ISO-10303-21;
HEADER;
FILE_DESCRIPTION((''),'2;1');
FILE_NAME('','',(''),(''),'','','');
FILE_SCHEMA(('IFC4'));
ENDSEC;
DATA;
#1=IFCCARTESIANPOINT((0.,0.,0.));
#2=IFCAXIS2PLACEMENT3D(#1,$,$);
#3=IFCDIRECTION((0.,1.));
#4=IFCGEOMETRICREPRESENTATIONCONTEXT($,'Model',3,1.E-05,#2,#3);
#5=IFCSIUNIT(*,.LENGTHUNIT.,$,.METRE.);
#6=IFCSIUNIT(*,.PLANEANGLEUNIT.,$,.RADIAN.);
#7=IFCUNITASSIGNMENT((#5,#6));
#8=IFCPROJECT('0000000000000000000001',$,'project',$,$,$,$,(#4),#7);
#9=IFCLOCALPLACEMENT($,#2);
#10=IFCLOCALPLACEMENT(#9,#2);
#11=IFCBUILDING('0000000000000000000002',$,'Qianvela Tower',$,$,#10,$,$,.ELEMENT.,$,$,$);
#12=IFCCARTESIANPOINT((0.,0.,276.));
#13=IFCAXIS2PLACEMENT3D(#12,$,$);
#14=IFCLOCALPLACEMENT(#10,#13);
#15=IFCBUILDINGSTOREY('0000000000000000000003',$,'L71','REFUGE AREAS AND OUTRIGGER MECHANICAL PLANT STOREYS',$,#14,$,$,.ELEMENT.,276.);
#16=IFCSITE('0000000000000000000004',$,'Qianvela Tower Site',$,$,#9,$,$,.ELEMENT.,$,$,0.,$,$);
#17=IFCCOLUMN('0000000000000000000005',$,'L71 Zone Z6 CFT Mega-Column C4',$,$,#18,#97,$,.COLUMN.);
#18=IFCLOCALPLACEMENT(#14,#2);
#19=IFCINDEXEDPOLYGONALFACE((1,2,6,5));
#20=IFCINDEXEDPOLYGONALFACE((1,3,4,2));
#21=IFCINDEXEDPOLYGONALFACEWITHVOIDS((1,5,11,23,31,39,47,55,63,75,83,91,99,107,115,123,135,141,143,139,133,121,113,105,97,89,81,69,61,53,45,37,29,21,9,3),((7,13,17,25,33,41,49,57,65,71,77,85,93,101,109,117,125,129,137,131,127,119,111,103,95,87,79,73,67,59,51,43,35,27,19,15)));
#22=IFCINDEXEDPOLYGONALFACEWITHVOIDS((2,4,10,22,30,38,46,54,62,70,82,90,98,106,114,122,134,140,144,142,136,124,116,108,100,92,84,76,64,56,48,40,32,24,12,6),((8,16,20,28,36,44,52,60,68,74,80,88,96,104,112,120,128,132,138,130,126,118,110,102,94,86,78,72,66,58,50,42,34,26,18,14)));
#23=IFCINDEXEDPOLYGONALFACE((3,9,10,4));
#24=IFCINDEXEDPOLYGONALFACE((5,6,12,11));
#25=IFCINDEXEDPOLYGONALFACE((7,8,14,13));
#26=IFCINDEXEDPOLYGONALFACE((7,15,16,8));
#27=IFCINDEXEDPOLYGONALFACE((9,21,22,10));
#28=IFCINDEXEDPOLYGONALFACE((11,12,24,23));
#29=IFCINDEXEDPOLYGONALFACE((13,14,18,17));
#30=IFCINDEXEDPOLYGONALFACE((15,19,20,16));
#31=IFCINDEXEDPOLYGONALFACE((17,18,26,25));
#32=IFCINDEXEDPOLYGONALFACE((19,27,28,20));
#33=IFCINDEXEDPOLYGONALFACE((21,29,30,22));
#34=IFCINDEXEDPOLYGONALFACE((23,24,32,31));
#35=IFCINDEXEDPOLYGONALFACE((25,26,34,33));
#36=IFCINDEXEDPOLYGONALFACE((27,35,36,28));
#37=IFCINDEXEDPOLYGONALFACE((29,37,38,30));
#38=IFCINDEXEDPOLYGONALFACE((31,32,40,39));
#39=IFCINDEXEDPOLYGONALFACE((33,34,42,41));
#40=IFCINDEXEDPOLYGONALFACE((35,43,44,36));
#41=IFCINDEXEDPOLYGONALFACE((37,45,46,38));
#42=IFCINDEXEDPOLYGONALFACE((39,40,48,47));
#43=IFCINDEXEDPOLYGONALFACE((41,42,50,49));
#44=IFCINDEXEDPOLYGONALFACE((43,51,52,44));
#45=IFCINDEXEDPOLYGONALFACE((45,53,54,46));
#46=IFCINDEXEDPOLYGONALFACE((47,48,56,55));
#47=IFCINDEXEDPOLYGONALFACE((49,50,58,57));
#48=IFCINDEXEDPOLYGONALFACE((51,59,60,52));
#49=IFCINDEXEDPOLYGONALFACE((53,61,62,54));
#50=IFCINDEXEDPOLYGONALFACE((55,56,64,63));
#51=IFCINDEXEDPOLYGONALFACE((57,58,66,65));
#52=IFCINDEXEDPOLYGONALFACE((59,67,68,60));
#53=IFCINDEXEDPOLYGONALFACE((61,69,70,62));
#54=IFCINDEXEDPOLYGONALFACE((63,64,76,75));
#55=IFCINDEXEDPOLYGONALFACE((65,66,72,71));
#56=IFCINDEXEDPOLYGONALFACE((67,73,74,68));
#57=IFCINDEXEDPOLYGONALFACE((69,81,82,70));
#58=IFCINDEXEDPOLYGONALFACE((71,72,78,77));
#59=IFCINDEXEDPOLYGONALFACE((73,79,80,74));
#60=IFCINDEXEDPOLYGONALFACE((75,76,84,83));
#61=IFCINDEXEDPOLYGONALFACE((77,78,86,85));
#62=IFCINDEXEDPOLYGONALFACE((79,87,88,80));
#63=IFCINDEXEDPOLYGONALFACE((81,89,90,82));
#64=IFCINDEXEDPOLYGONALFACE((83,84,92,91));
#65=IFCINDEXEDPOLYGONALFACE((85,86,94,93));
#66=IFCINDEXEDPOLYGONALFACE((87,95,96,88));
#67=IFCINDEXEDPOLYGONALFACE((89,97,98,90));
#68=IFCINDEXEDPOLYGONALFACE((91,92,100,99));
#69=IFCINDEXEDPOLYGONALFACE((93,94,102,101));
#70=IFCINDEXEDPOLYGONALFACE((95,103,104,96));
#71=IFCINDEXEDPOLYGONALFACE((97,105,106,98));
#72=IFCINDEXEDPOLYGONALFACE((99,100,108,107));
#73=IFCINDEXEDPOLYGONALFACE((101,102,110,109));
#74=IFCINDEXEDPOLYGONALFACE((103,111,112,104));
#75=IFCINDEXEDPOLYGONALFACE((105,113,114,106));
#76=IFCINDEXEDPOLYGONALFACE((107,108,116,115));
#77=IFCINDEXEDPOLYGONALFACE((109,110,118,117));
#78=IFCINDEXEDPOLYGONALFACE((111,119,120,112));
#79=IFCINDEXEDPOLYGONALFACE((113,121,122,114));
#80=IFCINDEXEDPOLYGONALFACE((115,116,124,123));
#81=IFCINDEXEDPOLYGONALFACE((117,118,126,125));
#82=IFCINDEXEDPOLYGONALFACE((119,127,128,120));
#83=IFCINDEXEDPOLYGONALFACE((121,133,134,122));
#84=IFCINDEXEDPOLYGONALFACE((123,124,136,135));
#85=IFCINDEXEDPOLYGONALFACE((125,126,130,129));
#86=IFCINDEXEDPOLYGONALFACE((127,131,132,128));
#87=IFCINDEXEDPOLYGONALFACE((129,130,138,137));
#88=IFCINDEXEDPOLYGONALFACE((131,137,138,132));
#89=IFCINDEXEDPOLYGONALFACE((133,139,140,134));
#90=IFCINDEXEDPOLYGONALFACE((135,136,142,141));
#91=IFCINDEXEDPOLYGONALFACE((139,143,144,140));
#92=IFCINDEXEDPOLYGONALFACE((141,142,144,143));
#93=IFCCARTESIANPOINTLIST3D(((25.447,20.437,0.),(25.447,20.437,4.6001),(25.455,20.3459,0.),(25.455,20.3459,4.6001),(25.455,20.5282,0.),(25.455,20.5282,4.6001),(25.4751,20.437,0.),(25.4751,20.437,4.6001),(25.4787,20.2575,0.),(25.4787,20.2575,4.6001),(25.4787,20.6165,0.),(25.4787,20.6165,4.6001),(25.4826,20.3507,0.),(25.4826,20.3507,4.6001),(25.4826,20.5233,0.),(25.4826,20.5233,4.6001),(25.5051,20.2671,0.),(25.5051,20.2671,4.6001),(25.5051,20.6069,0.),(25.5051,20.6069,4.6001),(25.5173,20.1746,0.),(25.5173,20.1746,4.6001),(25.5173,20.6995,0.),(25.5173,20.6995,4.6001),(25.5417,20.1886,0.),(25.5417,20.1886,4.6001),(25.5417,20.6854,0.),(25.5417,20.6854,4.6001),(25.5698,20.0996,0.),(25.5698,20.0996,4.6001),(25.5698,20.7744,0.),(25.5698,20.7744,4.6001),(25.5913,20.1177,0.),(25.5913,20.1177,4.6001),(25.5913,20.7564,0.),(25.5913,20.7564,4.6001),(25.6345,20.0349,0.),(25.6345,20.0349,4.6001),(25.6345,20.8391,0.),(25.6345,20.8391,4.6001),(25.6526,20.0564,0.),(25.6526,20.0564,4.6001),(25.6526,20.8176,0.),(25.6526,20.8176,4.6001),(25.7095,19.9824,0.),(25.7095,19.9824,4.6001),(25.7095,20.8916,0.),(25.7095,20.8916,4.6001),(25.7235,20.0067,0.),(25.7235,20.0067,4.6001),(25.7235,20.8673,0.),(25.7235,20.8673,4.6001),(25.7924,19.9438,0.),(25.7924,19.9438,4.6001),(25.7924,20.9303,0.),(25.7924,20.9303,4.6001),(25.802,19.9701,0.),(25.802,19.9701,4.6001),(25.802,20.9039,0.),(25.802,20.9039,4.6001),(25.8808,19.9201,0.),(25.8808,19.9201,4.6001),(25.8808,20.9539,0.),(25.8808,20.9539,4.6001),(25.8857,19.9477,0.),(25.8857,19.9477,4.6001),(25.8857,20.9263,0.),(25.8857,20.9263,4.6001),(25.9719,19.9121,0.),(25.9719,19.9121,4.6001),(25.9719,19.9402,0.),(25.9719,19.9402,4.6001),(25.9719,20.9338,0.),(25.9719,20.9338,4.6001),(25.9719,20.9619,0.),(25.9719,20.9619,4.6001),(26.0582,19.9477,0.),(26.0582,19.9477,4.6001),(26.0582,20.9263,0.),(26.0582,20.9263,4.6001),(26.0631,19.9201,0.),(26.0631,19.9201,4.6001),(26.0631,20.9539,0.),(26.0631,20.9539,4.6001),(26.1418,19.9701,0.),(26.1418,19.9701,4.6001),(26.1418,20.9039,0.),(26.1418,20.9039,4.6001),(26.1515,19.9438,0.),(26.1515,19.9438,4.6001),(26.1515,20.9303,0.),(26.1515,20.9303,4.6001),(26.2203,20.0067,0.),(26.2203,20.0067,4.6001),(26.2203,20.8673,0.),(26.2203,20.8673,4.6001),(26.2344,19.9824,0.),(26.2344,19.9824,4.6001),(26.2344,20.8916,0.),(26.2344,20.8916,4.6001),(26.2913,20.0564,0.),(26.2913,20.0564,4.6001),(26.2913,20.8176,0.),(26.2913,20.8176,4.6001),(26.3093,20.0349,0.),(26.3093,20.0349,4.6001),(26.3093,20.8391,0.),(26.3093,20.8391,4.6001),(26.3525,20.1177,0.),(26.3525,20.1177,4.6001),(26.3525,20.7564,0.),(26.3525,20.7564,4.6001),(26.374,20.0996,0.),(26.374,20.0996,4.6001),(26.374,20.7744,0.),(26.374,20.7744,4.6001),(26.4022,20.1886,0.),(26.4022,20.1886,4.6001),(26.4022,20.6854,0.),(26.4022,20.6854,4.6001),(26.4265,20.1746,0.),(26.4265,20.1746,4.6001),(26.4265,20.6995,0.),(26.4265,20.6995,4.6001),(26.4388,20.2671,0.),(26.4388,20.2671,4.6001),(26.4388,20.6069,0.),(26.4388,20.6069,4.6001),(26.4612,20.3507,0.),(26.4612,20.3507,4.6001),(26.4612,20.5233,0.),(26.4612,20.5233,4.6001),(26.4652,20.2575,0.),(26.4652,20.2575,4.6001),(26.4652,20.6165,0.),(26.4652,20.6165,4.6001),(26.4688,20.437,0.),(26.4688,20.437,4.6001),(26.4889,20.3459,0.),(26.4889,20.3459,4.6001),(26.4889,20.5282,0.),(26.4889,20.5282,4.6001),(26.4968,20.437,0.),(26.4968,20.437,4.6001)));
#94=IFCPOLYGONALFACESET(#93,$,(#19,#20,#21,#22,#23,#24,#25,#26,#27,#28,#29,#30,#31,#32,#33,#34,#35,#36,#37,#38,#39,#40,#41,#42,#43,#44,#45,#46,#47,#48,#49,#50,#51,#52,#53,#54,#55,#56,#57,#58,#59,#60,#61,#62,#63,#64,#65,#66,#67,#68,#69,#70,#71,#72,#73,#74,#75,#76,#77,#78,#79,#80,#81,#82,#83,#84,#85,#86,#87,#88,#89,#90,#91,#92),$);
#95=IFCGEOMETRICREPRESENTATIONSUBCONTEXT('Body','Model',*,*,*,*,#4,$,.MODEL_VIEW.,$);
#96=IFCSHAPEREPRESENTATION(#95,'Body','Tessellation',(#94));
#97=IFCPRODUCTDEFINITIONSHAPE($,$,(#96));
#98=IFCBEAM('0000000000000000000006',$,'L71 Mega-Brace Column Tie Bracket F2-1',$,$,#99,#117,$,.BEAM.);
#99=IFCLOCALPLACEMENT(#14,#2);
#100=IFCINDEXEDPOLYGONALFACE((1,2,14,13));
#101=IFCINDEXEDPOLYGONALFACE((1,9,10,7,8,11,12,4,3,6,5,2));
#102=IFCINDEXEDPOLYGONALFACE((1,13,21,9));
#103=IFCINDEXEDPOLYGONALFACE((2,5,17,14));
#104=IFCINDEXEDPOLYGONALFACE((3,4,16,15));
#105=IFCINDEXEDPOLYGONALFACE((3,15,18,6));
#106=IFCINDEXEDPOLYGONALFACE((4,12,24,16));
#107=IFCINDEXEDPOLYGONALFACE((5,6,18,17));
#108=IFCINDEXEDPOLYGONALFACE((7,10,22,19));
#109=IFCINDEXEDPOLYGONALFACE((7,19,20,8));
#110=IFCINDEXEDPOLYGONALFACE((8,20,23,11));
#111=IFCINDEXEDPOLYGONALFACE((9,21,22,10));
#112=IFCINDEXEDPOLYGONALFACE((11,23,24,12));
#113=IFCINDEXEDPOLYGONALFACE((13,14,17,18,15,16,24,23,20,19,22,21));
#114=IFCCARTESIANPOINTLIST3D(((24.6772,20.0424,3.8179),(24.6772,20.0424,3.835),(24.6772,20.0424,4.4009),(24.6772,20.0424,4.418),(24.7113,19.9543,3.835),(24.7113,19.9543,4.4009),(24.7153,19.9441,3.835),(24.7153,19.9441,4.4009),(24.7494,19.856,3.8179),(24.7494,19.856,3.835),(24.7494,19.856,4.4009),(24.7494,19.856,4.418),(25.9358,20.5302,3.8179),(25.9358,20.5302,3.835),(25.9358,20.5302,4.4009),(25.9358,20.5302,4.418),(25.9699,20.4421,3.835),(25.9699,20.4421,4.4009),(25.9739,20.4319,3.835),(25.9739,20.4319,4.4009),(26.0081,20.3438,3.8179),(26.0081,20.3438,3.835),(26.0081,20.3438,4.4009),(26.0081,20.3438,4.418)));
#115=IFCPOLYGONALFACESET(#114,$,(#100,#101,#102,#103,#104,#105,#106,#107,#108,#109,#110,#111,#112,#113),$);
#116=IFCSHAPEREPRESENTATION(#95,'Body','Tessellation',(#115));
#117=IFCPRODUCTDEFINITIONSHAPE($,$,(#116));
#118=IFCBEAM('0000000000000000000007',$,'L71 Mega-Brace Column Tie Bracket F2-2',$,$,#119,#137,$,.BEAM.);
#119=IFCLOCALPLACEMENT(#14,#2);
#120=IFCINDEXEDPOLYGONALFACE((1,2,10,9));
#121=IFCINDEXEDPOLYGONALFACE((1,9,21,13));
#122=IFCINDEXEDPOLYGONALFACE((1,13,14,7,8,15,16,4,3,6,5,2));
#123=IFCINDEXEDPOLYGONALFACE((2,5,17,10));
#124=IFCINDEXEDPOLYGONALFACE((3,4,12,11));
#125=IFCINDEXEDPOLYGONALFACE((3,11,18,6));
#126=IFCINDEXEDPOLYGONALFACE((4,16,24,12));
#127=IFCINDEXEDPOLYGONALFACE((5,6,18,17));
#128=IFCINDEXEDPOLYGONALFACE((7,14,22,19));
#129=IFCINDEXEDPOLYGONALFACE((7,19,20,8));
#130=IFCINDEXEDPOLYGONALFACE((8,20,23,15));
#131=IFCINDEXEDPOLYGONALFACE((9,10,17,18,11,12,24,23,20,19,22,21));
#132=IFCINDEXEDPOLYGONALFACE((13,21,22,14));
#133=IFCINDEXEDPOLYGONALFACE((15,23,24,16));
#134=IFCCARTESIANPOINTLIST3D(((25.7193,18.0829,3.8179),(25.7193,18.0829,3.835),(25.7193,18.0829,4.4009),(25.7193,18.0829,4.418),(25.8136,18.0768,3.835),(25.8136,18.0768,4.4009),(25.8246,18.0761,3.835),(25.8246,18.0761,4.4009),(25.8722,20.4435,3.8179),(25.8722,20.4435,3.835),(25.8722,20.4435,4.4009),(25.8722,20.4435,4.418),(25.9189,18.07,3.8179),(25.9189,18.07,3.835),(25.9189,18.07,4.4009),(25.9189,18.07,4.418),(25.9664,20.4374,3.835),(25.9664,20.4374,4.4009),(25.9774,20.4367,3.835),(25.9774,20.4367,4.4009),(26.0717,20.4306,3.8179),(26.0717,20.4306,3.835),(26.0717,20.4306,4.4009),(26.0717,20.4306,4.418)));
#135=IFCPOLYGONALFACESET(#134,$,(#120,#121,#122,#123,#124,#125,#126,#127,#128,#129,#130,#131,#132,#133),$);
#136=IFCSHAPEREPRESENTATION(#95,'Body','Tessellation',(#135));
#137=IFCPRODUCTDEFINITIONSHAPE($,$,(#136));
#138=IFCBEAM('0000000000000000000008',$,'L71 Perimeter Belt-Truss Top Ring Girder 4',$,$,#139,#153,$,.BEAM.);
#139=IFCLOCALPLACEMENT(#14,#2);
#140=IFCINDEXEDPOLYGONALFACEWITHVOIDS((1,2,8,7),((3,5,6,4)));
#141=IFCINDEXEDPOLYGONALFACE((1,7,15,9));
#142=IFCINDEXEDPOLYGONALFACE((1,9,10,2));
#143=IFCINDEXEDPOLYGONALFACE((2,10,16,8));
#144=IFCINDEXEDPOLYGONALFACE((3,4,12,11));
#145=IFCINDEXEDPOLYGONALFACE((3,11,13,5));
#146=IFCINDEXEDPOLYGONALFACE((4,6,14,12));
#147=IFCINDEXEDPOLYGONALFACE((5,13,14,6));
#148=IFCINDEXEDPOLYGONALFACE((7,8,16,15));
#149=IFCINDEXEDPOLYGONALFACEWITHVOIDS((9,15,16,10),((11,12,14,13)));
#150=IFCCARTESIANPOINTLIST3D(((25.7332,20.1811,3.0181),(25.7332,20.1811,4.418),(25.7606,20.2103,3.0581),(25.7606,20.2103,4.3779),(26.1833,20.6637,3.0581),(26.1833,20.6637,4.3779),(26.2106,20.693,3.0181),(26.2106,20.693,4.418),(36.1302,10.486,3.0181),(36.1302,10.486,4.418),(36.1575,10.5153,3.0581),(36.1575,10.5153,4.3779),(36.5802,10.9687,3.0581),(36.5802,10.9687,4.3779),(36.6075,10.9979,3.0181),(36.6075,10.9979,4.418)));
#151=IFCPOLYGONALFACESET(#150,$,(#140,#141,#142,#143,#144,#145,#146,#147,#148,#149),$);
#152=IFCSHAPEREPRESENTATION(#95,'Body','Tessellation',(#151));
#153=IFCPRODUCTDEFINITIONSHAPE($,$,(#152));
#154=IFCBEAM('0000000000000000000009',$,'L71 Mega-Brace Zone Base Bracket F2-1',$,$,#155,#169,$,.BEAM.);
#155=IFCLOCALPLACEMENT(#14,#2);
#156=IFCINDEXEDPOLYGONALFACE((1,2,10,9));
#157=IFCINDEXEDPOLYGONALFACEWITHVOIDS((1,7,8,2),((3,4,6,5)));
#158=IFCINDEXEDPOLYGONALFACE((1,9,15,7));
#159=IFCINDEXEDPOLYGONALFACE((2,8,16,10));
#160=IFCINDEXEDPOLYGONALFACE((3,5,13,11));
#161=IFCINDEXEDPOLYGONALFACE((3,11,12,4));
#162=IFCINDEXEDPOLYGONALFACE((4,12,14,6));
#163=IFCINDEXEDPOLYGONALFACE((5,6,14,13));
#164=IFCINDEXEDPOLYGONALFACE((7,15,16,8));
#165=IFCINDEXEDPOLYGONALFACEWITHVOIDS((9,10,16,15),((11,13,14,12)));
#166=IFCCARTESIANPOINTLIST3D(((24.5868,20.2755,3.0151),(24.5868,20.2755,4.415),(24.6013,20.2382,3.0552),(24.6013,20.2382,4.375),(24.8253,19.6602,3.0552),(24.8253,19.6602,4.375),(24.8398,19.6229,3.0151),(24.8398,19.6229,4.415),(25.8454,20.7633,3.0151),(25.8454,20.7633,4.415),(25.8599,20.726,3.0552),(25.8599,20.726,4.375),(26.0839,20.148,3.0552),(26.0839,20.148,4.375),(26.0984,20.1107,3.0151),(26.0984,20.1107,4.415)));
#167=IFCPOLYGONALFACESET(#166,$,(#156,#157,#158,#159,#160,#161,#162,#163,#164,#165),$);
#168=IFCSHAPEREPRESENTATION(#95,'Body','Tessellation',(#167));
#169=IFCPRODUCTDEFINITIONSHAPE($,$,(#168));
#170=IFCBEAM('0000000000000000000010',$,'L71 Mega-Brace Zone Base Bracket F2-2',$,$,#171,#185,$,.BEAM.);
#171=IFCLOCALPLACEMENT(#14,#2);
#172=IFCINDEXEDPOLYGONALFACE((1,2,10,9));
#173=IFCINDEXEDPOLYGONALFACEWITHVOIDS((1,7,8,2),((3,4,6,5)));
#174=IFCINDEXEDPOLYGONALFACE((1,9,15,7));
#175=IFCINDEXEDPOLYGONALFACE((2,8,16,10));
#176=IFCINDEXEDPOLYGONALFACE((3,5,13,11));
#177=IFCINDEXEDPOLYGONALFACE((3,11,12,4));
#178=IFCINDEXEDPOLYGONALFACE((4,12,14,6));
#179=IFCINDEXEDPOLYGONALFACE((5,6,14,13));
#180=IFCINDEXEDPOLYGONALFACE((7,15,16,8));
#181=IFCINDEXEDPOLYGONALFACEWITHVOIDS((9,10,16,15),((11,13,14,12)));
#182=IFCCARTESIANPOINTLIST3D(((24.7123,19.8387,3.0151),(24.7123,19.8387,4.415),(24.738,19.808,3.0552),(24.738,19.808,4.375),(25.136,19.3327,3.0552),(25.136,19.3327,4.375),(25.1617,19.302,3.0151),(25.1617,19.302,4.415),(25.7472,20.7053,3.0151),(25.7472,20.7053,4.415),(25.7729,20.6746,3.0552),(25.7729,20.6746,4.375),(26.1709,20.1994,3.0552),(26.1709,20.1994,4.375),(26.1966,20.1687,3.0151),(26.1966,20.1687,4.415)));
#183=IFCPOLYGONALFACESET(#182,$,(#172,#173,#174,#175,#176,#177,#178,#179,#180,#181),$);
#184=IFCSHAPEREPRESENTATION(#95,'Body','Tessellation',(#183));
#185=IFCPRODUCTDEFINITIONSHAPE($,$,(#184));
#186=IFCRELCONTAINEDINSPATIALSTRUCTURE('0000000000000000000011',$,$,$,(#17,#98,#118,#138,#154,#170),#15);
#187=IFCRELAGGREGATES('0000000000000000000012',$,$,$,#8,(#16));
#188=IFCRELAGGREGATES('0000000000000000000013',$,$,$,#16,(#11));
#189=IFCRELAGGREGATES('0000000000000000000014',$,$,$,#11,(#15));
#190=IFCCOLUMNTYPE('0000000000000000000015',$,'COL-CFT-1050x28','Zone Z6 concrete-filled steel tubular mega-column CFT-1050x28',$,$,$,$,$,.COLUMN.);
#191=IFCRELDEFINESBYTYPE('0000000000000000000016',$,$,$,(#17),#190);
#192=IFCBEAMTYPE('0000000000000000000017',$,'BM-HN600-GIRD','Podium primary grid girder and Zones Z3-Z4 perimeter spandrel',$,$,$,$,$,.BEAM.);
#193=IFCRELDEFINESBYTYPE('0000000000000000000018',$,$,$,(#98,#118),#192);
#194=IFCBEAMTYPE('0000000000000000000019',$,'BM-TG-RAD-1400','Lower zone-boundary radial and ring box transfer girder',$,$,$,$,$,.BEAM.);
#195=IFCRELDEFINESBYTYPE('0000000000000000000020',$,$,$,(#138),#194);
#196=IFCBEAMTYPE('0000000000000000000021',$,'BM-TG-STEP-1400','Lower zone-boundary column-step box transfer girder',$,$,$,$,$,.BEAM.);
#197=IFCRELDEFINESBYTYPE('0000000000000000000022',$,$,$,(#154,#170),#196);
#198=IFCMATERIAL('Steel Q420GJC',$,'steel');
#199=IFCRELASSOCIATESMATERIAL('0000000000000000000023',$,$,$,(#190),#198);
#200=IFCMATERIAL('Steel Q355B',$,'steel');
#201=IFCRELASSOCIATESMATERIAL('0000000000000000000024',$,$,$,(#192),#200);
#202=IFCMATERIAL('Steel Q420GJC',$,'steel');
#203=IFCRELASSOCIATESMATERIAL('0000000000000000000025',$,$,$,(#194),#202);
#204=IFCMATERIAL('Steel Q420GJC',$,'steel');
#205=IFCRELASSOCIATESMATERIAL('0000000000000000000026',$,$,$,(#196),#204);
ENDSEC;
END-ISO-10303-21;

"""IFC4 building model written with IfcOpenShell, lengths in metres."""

from ifc_helpers import new_model, si_unit, direction, frame, origin, origin_2d, place, context, subcontext, project, spatial, hollow_rectangle, hollow_circle, i_section, extrude, material, material_profile, profile_set, type_object, element, save


model = new_model("IFC4")

# Units and contexts
model_context = context("Model", 3, precision=1e-05, world=origin(), true_north=direction((0.0, 1.0)))
body_context = subcontext(model_context, "Body", "Model", "MODEL_VIEW")
ifc_project = project(units=[si_unit("LENGTHUNIT", "METRE"), si_unit("PLANEANGLEUNIT", "RADIAN")], contexts=[model_context])

# Site, building, storey
site_placement = place(None, origin())
site = spatial("IfcSite", under=ifc_project, at=site_placement, Name="Qianvela Tower Site", CompositionType="ELEMENT", RefElevation=0.0)
building_placement = place(site_placement, origin())
building = spatial("IfcBuilding", under=site, at=building_placement, Name="Qianvela Tower", CompositionType="ELEMENT")
storey_placement = place(building_placement, frame((0.0, 0.0, 276.0)))
storey = spatial("IfcBuildingStorey", under=building, at=storey_placement, Name="L71", Description="REFUGE AREAS AND OUTRIGGER MECHANICAL PLANT STOREYS", CompositionType="ELEMENT", Elevation=276.0)

# Column
ifc_material_1 = material(Name="Steel Q420GJC", Category="steel")
ifc_material_profile_1 = material_profile(ifc_material_1, hollow_circle(Radius=0.5249, WallThickness=0.0281, at=origin_2d()), Name="CFT-1050x28")
ifc_profile_set_1 = profile_set([ifc_material_profile_1], Name="Steel Q420GJC")
column_type = type_object("IfcColumnType", Name="COL-CFT-1050x28", Description="Zone Z6 concrete-filled steel tubular mega-column CFT-1050x28", PredefinedType="COLUMN", material=ifc_profile_set_1)
column_placement = place(storey_placement, frame((25.9719, 20.437, 0.0), z_axis=(0.0, 0.0, 1.0), x_axis=(1.0, 0.0, 0.0)))
element("IfcColumn", 1, at=column_placement, inside=storey, type_object=column_type, Name="L71 Zone Z6 CFT Mega-Column C4", PredefinedType="COLUMN", context=body_context, shape_type="SweptSolid", body=[
    extrude(hollow_circle(Radius=0.5249, WallThickness=0.0281, at=origin_2d()), origin(), (0.0, 0.0, 1.0), 4.6001),
])

# Beams
ifc_material_2 = material(Name="Steel Q355B", Category="steel")
ifc_material_profile_2 = material_profile(ifc_material_2, i_section(OverallWidth=0.2, OverallDepth=0.6001, WebThickness=0.011, FlangeThickness=0.0171, at=origin_2d()), Name="HN600x200x11x17")
ifc_profile_set_2 = profile_set([ifc_material_profile_2], Name="Steel Q355B")
beam_type_1 = type_object("IfcBeamType", Name="BM-HN600-GIRD", Description="Podium primary grid girder and Zones Z3-Z4 perimeter spandrel", PredefinedType="BEAM", material=ifc_profile_set_2)
beam_1_placement = place(storey_placement, frame((25.9719, 20.437, 4.1179), z_axis=(-0.932415, -0.36139, 0.0), x_axis=(0.36139, -0.932415, 0.0)))
element("IfcBeam", 2, at=beam_1_placement, inside=storey, type_object=beam_type_1, Name="L71 Mega-Brace Column Tie Bracket F2-1", PredefinedType="BEAM", context=body_context, shape_type="SweptSolid", body=[
    extrude(i_section(OverallWidth=0.2, OverallDepth=0.6001, WebThickness=0.011, FlangeThickness=0.0171, at=origin_2d()), origin(), (0.0, 0.0, 1.0), 1.3499),
])
beam_2_placement = place(storey_placement, frame((25.9719, 20.437, 4.1179), z_axis=(-0.064608, -0.997911, 0.0), x_axis=(0.997911, -0.064608, 0.0)))
element("IfcBeam", 3, at=beam_2_placement, inside=storey, type_object=beam_type_1, Name="L71 Mega-Brace Column Tie Bracket F2-2", PredefinedType="BEAM", context=body_context, shape_type="SweptSolid", body=[
    extrude(i_section(OverallWidth=0.2, OverallDepth=0.6001, WebThickness=0.011, FlangeThickness=0.0171, at=origin_2d()), origin(), (0.0, 0.0, 1.0), 2.3655),
])
ifc_material_3 = material(Name="Steel Q420GJC", Category="steel")
ifc_material_profile_3 = material_profile(ifc_material_3, hollow_rectangle(XDim=0.7, YDim=1.3999, WallThickness=0.04, at=origin_2d()), Name="TG-BOX-1400x700x40")
ifc_profile_set_3 = profile_set([ifc_material_profile_3], Name="Steel Q420GJC")
beam_type_2 = type_object("IfcBeamType", Name="BM-TG-RAD-1400", Description="Lower zone-boundary radial and ring box transfer girder", PredefinedType="BEAM", material=ifc_profile_set_3)
beam_3_placement = place(storey_placement, frame((25.9719, 20.437, 3.718), z_axis=(0.731363, -0.681988, 0.0), x_axis=(0.681988, 0.731363, 0.0)))
element("IfcBeam", 4, at=beam_3_placement, inside=storey, type_object=beam_type_2, Name="L71 Perimeter Belt-Truss Top Ring Girder 4", PredefinedType="BEAM", context=body_context, shape_type="SweptSolid", body=[
    extrude(hollow_rectangle(XDim=0.7, YDim=1.3999, WallThickness=0.04, at=origin_2d()), origin(), (0.0, 0.0, 1.0), 14.2158),
])
ifc_material_4 = material(Name="Steel Q420GJC", Category="steel")
ifc_material_profile_4 = material_profile(ifc_material_4, hollow_rectangle(XDim=0.7, YDim=1.3999, WallThickness=0.04, at=origin_2d()), Name="TG-BOX-1400x700x40")
ifc_profile_set_4 = profile_set([ifc_material_profile_4], Name="Steel Q420GJC")
beam_type_3 = type_object("IfcBeamType", Name="BM-TG-STEP-1400", Description="Lower zone-boundary column-step box transfer girder", PredefinedType="BEAM", material=ifc_profile_set_4)
for number, where, z_axis, x_axis, name in (
    (5, (25.9719, 20.437, 3.7151), (-0.932415, -0.36139, 0.0), (0.36139, -0.932415, 0.0), "L71 Mega-Brace Zone Base Bracket F2-1"),
    (6, (25.9719, 20.437, 3.7151), (-0.766662, -0.64205, 0.0), (0.64205, -0.766662, 0.0), "L71 Mega-Brace Zone Base Bracket F2-2"),
):
    element("IfcBeam", number, at=place(storey_placement, frame(where, z_axis=z_axis, x_axis=x_axis)), inside=storey, type_object=beam_type_3, Name=name, PredefinedType="BEAM", context=body_context, shape_type="SweptSolid", body=[
        extrude(hollow_rectangle(XDim=0.7, YDim=1.3999, WallThickness=0.04, at=origin_2d()), origin(), (0.0, 0.0, 1.0), 1.3499),
    ])

save(model, "model.ifc")
